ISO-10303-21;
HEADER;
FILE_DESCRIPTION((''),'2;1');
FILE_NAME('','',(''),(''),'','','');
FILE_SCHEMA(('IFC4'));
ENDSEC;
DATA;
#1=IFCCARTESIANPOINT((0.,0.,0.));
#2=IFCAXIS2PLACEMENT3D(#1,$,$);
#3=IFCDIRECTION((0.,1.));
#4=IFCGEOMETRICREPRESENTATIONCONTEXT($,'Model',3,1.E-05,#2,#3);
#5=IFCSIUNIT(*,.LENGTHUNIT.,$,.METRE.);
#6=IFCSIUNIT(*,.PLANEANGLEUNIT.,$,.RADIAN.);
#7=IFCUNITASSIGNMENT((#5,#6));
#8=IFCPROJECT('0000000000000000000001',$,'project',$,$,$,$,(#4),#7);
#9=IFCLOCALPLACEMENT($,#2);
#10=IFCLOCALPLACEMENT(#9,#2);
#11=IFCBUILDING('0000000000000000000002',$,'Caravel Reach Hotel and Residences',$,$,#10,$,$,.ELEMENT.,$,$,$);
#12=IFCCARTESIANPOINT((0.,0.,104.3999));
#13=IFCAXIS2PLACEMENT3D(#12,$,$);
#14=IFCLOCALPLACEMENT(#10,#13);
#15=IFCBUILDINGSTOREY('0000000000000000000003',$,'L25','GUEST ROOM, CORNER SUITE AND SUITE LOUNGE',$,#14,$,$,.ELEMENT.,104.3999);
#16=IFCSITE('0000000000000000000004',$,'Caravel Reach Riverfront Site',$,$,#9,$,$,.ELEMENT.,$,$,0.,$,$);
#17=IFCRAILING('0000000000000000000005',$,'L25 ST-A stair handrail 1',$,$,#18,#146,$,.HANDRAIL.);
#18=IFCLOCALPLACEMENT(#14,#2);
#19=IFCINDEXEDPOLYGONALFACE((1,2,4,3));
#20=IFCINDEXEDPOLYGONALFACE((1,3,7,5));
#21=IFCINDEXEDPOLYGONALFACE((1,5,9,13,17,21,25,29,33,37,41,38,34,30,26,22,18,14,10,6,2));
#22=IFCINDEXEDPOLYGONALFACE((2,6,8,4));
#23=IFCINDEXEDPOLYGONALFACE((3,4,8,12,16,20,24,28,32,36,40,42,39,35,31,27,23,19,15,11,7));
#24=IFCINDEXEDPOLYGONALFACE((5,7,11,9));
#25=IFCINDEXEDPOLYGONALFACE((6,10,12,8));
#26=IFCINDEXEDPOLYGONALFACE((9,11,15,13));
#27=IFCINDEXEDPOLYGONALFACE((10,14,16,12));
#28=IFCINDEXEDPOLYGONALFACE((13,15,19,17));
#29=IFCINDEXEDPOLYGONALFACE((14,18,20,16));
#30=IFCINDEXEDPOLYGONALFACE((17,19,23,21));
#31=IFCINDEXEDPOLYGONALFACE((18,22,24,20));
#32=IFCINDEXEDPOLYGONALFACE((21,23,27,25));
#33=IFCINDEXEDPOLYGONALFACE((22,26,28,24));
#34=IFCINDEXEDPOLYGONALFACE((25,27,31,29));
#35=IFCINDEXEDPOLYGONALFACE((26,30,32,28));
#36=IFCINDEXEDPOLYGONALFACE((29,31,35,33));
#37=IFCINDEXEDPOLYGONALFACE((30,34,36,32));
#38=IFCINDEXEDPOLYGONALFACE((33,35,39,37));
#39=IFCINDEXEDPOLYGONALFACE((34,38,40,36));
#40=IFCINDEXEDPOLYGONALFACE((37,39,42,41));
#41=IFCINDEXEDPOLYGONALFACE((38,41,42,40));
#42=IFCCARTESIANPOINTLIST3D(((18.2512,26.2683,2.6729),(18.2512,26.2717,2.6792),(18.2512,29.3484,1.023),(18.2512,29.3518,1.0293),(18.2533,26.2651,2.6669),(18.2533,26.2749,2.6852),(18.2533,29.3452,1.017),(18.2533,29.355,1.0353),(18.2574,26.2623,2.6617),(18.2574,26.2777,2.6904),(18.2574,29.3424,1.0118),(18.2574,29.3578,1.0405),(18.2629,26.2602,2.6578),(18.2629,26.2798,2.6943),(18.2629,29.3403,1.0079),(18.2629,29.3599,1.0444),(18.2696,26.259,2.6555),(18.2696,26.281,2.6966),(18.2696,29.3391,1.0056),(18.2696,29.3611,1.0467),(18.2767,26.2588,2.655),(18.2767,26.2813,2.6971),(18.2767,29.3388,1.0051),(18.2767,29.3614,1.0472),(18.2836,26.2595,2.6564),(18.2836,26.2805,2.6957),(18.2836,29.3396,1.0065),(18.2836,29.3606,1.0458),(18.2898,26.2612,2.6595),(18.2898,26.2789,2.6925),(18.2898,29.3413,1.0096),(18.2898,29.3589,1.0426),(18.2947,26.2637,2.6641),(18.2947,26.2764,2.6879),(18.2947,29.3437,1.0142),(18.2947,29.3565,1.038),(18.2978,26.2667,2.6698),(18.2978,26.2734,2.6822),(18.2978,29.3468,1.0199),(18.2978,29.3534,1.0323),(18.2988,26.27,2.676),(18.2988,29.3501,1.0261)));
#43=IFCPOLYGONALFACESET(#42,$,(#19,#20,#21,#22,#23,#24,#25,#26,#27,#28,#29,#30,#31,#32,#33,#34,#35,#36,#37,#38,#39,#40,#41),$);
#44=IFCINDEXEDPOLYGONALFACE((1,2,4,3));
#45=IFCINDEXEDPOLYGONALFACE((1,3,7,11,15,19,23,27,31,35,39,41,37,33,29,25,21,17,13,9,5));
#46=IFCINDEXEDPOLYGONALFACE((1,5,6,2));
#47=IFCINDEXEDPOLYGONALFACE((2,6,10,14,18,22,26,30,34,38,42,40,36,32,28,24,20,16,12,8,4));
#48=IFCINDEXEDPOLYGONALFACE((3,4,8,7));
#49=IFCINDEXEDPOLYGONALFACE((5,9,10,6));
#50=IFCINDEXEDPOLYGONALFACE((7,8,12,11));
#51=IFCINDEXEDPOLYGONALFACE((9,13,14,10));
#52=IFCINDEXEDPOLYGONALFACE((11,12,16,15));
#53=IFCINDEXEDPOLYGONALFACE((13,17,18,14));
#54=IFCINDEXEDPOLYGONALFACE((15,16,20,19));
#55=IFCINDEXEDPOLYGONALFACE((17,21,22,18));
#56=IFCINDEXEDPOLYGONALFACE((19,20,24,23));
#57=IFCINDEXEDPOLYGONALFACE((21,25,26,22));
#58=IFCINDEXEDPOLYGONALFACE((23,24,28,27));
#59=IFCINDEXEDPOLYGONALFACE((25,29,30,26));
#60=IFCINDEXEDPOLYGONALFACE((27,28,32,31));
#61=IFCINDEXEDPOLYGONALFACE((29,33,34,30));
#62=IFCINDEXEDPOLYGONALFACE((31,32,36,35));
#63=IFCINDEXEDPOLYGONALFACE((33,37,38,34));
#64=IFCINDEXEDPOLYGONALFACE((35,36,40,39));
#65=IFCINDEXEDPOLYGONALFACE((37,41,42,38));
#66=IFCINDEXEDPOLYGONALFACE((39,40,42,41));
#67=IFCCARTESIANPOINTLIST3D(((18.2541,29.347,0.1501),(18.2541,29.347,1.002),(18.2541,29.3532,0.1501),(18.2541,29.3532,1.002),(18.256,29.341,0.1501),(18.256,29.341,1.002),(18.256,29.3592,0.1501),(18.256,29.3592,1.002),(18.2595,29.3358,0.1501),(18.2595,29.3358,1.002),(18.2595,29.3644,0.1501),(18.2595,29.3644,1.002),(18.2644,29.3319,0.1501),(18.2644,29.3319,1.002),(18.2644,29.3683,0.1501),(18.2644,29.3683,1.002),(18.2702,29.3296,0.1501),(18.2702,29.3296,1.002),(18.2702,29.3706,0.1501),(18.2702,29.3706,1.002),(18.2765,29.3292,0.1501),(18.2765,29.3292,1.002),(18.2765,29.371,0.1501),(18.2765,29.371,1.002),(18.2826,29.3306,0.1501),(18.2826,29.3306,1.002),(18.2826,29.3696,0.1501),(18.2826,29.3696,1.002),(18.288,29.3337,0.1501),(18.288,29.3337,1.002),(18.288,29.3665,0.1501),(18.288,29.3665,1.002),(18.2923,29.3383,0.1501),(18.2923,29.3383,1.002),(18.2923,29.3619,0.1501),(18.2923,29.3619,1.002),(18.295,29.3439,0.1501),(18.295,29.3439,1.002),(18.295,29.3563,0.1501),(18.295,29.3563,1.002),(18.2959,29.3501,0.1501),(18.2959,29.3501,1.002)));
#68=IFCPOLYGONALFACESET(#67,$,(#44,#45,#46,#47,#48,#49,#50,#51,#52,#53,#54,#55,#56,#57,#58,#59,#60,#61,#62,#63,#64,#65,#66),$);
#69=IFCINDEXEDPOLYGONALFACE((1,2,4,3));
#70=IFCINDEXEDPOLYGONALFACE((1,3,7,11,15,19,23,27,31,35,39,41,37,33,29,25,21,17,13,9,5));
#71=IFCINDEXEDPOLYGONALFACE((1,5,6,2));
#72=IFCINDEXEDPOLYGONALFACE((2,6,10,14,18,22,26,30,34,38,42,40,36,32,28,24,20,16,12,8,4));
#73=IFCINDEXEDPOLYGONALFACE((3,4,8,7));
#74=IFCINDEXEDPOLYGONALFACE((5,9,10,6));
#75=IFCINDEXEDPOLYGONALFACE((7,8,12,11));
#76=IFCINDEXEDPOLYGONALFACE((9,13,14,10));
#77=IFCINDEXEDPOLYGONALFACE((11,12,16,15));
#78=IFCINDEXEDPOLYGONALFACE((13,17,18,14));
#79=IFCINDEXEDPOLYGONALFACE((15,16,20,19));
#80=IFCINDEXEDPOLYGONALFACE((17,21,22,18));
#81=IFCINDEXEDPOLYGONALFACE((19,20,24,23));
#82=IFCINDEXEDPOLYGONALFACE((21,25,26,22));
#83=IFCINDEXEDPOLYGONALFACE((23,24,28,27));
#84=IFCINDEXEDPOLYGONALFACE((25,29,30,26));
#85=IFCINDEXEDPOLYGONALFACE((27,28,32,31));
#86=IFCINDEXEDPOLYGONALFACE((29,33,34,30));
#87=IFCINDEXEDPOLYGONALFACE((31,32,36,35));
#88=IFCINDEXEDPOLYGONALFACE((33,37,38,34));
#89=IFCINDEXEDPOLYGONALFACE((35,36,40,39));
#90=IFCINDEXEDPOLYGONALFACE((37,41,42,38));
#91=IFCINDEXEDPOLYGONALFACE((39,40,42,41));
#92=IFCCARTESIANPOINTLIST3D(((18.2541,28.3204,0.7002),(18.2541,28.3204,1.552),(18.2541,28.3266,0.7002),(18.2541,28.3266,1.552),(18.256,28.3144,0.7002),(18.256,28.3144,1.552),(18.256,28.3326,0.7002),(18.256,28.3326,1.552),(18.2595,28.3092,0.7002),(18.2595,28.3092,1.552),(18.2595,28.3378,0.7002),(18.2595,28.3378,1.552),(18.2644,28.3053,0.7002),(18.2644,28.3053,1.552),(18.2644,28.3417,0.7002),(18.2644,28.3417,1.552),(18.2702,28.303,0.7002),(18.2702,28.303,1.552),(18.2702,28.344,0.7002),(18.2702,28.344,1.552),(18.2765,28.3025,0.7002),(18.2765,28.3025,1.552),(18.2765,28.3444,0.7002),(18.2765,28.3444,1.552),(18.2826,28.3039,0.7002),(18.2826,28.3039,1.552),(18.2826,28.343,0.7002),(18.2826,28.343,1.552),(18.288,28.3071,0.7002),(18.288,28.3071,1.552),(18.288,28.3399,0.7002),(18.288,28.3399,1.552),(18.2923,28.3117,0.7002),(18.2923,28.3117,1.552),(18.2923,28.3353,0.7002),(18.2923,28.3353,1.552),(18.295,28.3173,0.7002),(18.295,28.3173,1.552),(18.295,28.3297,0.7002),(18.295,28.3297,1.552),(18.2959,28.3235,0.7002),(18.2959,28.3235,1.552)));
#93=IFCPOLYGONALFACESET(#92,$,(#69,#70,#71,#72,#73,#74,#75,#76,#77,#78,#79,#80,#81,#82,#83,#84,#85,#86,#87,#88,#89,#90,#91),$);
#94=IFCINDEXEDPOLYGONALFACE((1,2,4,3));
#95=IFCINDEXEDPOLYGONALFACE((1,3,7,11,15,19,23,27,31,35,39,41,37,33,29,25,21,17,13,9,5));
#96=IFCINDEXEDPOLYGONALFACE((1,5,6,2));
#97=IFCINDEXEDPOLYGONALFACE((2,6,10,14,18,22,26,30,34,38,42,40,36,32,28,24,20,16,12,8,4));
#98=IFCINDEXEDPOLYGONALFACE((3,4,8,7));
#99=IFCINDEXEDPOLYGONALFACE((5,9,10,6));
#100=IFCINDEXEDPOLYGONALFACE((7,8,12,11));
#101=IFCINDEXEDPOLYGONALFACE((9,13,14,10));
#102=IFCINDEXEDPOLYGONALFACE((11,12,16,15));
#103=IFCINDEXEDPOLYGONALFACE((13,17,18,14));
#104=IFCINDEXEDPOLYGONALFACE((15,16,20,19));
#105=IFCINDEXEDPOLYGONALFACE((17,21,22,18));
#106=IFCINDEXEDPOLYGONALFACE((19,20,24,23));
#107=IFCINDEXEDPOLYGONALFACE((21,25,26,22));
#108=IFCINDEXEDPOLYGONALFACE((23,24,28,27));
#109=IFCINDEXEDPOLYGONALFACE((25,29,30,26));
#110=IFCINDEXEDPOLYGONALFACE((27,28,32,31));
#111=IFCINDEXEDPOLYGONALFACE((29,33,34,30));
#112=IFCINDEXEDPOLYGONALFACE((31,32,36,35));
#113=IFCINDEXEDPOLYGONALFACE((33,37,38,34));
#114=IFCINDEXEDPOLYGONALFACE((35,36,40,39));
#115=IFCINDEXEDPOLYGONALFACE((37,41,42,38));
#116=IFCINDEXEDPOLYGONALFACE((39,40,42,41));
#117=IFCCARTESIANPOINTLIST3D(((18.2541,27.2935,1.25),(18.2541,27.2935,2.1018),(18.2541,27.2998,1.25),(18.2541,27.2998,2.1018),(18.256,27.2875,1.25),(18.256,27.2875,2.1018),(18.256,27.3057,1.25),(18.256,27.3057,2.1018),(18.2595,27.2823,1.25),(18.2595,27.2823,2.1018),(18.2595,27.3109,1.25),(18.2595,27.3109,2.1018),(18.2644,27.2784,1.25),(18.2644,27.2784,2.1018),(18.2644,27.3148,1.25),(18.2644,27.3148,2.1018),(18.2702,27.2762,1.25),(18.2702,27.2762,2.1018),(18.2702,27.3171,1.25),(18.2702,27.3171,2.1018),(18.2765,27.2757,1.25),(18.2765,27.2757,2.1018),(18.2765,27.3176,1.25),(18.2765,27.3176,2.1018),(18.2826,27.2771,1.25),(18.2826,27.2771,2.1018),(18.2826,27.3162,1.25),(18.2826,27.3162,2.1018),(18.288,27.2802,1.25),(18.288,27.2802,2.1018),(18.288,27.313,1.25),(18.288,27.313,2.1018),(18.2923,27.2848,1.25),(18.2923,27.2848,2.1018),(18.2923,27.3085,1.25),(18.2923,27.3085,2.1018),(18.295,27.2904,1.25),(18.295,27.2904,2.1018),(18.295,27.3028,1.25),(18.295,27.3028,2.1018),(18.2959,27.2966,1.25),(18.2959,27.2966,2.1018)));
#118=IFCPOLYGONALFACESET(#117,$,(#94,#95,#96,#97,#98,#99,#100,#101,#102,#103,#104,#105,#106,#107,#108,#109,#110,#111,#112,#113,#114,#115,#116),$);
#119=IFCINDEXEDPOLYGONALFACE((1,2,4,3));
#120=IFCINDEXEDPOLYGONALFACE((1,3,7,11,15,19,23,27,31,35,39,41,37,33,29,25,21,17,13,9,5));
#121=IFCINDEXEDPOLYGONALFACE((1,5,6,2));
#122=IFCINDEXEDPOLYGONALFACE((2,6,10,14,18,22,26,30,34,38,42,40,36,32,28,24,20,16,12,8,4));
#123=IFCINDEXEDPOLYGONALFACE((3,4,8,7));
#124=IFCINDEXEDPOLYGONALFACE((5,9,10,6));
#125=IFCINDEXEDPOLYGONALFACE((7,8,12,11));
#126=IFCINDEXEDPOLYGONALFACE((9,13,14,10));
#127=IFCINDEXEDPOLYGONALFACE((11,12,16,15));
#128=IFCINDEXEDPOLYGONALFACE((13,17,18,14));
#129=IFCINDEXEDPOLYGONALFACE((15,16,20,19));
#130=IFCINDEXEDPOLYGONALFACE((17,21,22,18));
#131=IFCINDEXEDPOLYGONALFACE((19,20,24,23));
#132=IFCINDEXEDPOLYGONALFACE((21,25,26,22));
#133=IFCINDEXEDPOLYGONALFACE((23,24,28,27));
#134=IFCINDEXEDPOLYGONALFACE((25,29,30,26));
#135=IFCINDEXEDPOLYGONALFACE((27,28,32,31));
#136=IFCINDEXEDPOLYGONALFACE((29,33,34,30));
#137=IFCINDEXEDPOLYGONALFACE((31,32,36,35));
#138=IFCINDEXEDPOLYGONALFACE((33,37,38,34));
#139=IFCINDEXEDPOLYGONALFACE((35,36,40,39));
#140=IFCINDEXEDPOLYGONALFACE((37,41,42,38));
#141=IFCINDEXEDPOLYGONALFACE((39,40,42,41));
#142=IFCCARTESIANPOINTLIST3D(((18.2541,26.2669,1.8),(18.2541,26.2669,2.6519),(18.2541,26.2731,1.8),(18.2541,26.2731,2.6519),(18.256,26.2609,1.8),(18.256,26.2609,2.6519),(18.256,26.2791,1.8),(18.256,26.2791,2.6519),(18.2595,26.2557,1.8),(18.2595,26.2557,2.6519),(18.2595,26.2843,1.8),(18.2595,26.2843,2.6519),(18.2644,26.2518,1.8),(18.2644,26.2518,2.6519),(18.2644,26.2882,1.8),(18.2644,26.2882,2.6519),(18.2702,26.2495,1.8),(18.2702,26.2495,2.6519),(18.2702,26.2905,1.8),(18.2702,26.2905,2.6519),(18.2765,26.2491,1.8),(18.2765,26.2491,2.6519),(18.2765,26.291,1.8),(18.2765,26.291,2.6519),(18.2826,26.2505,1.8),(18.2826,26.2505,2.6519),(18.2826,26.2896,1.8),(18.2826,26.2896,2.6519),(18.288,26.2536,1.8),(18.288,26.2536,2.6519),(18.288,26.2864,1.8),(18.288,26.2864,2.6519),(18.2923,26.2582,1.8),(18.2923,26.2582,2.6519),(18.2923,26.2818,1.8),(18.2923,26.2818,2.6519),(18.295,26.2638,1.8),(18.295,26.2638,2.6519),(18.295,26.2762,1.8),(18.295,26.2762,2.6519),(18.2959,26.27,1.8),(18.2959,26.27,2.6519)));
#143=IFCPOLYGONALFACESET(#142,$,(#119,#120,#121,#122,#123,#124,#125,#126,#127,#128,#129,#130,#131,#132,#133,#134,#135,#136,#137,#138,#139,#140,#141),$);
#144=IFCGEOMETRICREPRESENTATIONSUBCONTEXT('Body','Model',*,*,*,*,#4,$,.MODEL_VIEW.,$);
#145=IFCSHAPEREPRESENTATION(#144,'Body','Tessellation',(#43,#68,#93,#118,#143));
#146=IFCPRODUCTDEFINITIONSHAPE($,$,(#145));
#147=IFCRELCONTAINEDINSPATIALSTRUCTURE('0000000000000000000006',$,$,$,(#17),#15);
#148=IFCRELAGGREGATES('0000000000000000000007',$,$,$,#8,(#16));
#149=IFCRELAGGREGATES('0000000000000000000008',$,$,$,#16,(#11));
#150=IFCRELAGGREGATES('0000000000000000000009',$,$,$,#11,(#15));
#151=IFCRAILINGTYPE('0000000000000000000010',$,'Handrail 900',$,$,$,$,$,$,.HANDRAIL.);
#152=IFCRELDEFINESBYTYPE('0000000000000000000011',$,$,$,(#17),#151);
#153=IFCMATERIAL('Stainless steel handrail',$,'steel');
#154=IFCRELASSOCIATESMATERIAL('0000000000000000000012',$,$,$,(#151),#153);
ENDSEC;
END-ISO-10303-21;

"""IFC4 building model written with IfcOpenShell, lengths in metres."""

from ifc_helpers import new_model, si_unit, direction, frame, origin, origin_2d, place, context, subcontext, project, spatial, circle, extrude, material, type_object, element, save


model = new_model("IFC4")

# Units and contexts
model_context = context("Model", 3, precision=1e-05, world=origin(), true_north=direction((0.0, 1.0)))
body_context = subcontext(model_context, "Body", "Model", "MODEL_VIEW")
ifc_project = project(units=[si_unit("LENGTHUNIT", "METRE"), si_unit("PLANEANGLEUNIT", "RADIAN")], contexts=[model_context])

# Site, building, storey
site_placement = place(None, origin())
site = spatial("IfcSite", under=ifc_project, at=site_placement, Name="Caravel Reach Riverfront Site", CompositionType="ELEMENT", RefElevation=0.0)
building_placement = place(site_placement, origin())
building = spatial("IfcBuilding", under=site, at=building_placement, Name="Caravel Reach Hotel and Residences", CompositionType="ELEMENT")
storey_placement = place(building_placement, frame((0.0, 0.0, 104.3999)))
storey = spatial("IfcBuildingStorey", under=building, at=storey_placement, Name="L25", Description="GUEST ROOM, CORNER SUITE AND SUITE LOUNGE", CompositionType="ELEMENT", Elevation=104.3999)

# Railing
ifc_material_1 = material(Name="Stainless steel handrail", Category="steel")
railing_type_1 = type_object("IfcRailingType", Name="Handrail 900", PredefinedType="HANDRAIL", material=ifc_material_1)
railing_1_placement = place(storey_placement, frame((18.2749, 29.3501, 0.1501)))
element("IfcRailing", 1, at=railing_1_placement, inside=storey, type_object=railing_type_1, Name="L25 ST-A stair handrail 1", PredefinedType="HANDRAIL", context=body_context, shape_type="SweptSolid", body=[
    extrude(circle(Radius=0.0239, at=origin_2d()), frame((0.0, 0.0, 0.876), z_axis=(0.0, -0.881497, 0.47219), x_axis=(1.0, 0.0, 0.0)), (0.0, 0.0, 1.0), 3.4941),
    extrude(circle(Radius=0.021, at=origin_2d()), origin(), (0.0, 0.0, 1.0), 0.8518),
    extrude(circle(Radius=0.021, at=origin_2d()), frame((0.0, -1.0266, 0.55)), (0.0, 0.0, 1.0), 0.8518),
    extrude(circle(Radius=0.021, at=origin_2d()), frame((0.0, -2.0535, 1.0999)), (0.0, 0.0, 1.0), 0.8518),
    extrude(circle(Radius=0.021, at=origin_2d()), frame((0.0, -3.0801, 1.6499)), (0.0, 0.0, 1.0), 0.8518),
])

save(model, "model.ifc")
